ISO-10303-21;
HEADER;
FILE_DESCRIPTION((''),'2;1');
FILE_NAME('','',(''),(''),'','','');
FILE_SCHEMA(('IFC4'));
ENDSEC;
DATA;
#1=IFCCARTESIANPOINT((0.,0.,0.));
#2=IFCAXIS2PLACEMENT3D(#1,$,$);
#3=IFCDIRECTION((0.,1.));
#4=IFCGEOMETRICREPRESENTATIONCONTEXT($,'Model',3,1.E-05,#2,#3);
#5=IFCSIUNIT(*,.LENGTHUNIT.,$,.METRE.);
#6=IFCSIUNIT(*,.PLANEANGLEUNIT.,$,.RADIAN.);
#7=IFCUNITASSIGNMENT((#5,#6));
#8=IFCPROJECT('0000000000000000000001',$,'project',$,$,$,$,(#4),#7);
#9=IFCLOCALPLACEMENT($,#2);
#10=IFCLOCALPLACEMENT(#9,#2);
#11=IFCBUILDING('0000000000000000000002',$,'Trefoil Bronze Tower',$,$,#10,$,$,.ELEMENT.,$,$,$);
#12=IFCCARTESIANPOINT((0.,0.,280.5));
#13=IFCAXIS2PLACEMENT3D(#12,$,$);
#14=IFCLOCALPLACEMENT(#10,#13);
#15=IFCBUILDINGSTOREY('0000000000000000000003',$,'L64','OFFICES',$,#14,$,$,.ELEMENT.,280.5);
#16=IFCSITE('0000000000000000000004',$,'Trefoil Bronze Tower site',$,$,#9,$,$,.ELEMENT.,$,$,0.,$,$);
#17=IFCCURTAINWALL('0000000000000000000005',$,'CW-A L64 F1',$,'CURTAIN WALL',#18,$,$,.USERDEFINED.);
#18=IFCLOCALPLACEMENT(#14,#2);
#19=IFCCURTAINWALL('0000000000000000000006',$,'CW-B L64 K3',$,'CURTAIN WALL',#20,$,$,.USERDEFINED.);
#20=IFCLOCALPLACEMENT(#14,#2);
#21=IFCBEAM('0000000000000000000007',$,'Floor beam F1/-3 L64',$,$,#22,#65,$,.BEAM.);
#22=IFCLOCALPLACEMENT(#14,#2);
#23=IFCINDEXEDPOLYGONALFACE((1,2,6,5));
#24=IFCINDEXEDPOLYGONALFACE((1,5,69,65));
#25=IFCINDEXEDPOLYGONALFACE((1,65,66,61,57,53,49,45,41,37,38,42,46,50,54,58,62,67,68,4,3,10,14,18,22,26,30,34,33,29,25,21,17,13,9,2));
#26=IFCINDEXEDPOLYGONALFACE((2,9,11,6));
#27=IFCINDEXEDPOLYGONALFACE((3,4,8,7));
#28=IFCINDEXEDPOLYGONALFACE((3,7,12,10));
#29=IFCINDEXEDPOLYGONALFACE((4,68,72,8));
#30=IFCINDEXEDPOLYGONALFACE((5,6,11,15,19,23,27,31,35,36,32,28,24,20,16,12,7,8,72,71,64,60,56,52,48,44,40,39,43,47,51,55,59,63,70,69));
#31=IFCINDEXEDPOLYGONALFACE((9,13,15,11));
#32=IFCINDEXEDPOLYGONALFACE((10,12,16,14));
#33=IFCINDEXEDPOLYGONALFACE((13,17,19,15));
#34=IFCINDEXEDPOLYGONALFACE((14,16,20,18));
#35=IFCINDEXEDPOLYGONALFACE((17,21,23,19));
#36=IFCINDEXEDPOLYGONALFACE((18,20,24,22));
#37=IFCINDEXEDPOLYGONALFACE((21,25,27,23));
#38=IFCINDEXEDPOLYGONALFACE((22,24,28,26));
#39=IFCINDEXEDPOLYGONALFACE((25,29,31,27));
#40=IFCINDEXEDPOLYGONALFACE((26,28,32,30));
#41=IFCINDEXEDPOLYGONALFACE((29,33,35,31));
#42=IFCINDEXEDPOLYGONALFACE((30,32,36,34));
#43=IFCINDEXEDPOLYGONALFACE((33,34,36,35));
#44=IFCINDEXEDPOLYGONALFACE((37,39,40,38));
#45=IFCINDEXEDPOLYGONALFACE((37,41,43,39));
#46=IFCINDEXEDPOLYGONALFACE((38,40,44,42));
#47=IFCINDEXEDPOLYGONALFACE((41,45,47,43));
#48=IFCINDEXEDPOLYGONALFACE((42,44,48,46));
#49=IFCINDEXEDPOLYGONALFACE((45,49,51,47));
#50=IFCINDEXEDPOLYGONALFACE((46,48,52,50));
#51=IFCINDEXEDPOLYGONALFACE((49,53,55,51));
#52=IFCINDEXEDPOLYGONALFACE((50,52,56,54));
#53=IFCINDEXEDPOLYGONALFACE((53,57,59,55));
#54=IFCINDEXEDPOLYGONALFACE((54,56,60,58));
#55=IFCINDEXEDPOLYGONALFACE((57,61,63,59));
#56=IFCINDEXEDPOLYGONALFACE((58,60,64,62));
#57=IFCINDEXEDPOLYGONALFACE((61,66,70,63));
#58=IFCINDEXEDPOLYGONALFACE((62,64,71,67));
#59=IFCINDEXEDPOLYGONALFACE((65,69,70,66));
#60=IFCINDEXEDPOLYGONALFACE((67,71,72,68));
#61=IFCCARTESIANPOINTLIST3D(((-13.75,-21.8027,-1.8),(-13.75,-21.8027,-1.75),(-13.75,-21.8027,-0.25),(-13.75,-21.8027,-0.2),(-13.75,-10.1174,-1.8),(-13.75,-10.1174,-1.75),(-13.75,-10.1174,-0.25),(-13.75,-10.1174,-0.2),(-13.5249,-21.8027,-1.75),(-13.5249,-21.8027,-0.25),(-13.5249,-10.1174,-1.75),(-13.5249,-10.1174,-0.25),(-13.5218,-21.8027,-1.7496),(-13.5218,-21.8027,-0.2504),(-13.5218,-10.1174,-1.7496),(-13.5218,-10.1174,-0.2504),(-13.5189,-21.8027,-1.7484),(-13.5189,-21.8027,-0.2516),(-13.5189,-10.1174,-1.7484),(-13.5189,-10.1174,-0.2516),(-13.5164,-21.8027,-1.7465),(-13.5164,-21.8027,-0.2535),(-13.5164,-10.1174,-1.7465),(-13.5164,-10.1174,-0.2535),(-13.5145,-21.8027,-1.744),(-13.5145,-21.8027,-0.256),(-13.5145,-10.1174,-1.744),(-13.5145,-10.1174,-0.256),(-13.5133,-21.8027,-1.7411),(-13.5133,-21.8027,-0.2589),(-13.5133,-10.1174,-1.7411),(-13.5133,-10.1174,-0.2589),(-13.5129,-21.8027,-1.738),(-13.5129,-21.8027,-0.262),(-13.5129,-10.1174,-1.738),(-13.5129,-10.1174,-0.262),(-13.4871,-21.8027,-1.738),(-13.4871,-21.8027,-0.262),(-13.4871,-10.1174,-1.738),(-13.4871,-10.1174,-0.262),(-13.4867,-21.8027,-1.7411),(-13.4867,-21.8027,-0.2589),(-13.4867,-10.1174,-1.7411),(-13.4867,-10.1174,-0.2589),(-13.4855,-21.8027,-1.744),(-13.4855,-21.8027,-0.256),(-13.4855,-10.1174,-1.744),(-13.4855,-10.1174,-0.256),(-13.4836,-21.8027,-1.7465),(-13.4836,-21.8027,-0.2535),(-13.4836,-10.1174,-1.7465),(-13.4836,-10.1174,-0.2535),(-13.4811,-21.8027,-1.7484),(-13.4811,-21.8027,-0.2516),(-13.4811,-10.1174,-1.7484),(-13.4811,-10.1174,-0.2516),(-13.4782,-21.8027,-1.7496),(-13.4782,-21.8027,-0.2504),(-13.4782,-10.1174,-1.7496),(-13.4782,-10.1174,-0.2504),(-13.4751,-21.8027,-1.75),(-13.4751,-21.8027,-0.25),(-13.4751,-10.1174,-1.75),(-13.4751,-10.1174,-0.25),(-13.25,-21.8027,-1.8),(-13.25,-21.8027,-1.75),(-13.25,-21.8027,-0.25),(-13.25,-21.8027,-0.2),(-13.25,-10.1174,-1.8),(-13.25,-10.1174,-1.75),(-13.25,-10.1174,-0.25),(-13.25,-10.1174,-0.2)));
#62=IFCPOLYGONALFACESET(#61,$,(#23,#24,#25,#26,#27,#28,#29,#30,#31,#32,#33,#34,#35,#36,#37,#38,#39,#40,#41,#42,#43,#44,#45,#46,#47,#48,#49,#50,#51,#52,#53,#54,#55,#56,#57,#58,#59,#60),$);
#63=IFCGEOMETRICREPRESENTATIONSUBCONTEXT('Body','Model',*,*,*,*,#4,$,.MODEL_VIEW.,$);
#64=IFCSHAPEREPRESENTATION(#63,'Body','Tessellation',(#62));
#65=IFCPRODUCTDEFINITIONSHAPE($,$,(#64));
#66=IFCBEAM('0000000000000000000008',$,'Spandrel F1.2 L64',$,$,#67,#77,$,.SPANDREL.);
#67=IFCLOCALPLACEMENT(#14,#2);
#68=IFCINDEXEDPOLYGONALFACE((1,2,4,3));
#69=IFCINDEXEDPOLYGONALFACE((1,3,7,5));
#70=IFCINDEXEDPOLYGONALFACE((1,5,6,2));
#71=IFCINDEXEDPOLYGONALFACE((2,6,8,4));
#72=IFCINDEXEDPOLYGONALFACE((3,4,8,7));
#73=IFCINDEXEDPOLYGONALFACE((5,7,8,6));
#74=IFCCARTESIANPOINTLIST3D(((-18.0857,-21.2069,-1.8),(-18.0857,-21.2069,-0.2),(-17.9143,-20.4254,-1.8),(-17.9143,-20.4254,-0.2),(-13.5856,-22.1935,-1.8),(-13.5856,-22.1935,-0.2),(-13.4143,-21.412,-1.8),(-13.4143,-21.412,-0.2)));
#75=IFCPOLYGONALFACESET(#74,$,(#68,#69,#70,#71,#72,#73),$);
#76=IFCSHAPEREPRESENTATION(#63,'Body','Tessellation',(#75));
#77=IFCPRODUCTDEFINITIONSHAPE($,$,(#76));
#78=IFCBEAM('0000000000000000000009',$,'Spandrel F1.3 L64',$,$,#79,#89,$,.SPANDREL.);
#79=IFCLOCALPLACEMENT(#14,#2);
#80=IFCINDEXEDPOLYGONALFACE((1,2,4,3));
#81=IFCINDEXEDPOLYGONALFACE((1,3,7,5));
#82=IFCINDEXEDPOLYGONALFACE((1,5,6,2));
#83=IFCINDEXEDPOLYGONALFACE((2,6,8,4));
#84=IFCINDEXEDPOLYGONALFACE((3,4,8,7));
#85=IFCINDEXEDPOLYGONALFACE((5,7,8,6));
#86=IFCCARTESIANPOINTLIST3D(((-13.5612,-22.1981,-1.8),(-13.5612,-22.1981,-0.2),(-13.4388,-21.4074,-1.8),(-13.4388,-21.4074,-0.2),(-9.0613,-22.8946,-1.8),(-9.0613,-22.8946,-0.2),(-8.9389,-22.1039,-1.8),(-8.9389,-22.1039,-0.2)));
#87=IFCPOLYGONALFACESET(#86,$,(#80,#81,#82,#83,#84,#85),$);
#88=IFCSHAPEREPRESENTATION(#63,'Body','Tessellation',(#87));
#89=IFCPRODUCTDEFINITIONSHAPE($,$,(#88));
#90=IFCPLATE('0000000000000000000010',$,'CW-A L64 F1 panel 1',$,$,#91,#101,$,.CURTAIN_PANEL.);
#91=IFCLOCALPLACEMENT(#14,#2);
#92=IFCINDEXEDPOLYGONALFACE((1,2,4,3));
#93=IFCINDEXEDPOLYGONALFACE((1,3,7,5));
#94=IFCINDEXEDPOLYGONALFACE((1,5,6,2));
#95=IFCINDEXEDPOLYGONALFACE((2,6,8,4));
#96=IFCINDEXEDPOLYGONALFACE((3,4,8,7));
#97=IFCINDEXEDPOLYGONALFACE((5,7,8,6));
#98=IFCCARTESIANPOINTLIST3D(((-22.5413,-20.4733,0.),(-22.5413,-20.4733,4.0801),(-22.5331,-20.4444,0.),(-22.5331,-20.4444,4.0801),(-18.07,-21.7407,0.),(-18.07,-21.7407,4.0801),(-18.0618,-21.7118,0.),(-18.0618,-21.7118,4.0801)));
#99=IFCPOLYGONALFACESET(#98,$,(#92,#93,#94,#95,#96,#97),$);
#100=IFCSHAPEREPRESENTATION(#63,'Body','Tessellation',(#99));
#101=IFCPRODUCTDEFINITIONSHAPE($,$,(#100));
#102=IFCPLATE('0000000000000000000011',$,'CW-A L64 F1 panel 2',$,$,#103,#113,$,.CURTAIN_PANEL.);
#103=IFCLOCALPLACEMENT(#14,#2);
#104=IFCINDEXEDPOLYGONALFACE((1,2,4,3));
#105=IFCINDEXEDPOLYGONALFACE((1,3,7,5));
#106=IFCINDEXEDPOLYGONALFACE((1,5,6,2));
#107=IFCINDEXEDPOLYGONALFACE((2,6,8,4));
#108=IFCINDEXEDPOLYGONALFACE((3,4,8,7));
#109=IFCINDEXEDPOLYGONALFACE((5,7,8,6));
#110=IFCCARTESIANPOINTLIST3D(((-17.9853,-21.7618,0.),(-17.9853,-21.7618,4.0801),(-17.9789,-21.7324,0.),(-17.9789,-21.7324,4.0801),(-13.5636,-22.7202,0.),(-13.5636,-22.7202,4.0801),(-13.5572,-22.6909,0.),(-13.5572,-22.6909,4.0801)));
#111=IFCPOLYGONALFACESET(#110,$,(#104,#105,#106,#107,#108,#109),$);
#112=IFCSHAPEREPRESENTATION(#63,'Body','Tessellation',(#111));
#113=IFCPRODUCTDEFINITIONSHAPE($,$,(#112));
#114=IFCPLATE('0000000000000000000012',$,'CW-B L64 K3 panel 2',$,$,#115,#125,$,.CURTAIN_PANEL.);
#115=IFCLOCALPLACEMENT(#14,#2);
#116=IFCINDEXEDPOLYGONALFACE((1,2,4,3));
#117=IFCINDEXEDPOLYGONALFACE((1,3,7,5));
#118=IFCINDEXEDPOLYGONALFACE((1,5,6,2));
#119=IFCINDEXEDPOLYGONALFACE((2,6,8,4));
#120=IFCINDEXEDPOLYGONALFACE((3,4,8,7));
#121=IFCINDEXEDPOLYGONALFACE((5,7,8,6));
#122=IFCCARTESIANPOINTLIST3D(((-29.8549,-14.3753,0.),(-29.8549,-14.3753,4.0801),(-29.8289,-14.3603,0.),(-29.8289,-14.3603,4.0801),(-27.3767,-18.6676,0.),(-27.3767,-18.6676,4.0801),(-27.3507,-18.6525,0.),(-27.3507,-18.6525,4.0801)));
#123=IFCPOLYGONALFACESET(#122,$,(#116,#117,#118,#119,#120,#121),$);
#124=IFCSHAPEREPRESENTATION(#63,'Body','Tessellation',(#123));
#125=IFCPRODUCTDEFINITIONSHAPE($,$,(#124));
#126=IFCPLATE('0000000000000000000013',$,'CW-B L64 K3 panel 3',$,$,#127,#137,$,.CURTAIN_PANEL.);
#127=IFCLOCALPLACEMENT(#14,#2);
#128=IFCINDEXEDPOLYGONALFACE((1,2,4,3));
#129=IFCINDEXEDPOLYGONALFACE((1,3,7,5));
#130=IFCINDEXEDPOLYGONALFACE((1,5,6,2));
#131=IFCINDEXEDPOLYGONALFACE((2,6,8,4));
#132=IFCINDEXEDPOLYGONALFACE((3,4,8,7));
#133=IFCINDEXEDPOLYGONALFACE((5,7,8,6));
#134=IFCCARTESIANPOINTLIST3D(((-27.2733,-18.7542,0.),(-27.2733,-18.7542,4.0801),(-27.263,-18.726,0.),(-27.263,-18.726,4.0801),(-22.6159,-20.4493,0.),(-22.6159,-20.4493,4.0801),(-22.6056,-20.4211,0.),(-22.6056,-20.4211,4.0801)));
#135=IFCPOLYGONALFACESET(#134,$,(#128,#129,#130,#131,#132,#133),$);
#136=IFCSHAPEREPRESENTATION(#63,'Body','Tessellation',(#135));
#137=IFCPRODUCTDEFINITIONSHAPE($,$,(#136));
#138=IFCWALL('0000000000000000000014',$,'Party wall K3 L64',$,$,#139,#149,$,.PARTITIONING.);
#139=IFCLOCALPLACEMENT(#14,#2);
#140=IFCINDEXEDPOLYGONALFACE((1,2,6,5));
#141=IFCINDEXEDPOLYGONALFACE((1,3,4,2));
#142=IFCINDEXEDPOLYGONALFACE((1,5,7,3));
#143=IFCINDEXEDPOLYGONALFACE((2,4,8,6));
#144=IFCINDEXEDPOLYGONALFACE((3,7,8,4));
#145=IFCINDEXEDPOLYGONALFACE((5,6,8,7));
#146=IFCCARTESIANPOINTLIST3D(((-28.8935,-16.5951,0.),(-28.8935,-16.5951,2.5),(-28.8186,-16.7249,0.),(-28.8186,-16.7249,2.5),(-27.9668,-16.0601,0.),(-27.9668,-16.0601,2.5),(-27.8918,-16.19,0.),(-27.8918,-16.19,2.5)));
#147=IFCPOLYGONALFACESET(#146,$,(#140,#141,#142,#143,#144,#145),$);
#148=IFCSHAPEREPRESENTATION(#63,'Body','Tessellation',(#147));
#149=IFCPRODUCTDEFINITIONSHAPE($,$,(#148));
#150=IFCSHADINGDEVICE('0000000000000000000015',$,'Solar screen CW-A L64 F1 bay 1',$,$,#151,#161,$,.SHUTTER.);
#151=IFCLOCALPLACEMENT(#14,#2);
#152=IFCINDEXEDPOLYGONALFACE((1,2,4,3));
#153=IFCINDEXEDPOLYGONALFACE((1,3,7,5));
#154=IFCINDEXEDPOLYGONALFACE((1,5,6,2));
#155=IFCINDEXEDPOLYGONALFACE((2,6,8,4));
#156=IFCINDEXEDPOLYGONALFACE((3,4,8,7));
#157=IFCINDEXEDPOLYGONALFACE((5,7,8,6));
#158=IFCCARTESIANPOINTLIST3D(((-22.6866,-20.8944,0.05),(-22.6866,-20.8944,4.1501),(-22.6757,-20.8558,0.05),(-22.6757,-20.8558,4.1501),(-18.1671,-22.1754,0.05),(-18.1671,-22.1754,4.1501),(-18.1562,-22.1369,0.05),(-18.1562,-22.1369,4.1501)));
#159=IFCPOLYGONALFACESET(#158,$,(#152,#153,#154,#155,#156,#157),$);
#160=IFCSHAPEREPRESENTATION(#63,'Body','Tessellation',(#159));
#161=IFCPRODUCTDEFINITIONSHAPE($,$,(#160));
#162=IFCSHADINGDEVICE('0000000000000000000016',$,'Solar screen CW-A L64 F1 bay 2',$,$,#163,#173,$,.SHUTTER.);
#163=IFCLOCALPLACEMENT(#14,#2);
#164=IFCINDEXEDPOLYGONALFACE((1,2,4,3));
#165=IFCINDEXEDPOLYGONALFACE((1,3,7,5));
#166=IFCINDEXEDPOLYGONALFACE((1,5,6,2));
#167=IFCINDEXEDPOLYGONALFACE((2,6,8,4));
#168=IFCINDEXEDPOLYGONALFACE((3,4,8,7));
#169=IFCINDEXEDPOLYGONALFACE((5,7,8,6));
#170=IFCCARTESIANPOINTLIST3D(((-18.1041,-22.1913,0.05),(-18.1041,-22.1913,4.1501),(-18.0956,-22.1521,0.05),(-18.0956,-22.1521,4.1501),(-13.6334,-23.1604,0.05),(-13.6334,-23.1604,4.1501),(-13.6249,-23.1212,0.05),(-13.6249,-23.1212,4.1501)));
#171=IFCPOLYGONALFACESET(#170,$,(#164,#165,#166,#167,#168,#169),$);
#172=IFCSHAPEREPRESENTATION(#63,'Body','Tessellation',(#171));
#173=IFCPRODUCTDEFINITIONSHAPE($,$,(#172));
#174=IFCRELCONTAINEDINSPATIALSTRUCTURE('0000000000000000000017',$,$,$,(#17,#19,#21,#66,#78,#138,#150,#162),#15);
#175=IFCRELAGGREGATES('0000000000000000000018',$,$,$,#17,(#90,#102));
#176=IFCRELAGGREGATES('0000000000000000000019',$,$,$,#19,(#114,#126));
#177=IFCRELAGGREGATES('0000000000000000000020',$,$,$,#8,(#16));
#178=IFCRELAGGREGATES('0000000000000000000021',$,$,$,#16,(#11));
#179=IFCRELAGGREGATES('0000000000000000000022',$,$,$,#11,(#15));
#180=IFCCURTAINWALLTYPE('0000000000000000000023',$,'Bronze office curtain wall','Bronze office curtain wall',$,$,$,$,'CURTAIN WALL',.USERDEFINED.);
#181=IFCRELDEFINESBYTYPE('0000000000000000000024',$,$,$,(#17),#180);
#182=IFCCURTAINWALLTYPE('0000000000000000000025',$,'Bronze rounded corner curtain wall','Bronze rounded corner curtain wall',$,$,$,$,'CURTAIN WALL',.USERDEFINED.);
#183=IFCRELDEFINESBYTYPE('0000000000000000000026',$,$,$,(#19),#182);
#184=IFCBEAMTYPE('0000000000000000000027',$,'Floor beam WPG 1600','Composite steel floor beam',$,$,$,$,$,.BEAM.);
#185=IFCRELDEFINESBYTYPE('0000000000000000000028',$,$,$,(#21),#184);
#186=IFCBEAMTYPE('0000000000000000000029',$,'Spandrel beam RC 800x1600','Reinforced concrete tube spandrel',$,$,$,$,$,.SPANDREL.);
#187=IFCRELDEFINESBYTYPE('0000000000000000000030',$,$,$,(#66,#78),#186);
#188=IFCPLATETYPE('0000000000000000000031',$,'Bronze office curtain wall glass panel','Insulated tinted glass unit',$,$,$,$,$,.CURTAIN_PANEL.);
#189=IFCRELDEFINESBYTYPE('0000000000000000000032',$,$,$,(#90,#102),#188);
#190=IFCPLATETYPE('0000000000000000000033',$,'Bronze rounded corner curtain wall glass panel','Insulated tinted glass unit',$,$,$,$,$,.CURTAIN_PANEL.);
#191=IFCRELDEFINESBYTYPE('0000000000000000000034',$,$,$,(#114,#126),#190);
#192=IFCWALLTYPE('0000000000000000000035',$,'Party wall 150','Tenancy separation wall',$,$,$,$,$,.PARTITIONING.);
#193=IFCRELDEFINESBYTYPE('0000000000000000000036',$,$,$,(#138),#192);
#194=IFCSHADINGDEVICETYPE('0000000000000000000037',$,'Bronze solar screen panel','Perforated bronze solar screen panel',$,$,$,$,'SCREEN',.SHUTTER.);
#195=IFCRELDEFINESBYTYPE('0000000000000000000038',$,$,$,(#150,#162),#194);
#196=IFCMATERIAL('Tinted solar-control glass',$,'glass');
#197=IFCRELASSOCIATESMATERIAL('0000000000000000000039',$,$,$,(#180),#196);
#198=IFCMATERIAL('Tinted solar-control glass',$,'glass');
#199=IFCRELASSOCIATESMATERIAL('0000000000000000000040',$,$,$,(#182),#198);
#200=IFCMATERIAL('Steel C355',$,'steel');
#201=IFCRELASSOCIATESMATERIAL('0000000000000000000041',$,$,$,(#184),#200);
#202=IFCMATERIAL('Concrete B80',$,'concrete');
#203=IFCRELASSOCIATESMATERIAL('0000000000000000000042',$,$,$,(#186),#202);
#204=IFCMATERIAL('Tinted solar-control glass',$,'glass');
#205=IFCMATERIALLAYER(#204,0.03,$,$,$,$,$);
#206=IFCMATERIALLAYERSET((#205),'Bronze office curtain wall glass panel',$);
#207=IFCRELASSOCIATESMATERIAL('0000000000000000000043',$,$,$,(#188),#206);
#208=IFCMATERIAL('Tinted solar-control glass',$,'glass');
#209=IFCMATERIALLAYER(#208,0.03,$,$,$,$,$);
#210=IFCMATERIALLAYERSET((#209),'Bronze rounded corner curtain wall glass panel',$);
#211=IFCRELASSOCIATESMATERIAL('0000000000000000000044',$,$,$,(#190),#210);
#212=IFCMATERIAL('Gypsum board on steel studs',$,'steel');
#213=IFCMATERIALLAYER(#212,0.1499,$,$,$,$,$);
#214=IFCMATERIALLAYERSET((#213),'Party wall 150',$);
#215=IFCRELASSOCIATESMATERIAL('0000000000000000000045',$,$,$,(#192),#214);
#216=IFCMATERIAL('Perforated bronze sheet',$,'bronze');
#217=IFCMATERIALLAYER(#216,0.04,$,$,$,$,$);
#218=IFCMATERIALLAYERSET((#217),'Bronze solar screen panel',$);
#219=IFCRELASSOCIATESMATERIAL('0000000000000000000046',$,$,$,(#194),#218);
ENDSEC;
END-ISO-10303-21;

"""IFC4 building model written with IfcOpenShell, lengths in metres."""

from ifc_helpers import new_model, si_unit, direction, frame, frame_2d, origin, origin_2d, place, context, subcontext, project, spatial, rectangle, i_section, extrude, material, layer, layer_set, material_profile, profile_set, type_object, element, aggregate, save


model = new_model("IFC4")

# Units and contexts
model_context = context("Model", 3, precision=1e-05, world=origin(), true_north=direction((0.0, 1.0)))
body_context = subcontext(model_context, "Body", "Model", "MODEL_VIEW")
ifc_project = project(units=[si_unit("LENGTHUNIT", "METRE"), si_unit("PLANEANGLEUNIT", "RADIAN")], contexts=[model_context])

# Site, building, storey
site_placement = place(None, origin())
site = spatial("IfcSite", under=ifc_project, at=site_placement, Name="Trefoil Bronze Tower site", CompositionType="ELEMENT", RefElevation=0.0)
building_placement = place(site_placement, origin())
building = spatial("IfcBuilding", under=site, at=building_placement, Name="Trefoil Bronze Tower", CompositionType="ELEMENT")
storey_placement = place(building_placement, frame((0.0, 0.0, 280.5)))
storey = spatial("IfcBuildingStorey", under=building, at=storey_placement, Name="L64", Description="OFFICES", CompositionType="ELEMENT", Elevation=280.5)

# Curtain walls
ifc_material_1 = material(Name="Tinted solar-control glass", Category="glass")
curtain_wall_type_1 = type_object("IfcCurtainWallType", Name="Bronze office curtain wall", Description="Bronze office curtain wall", ElementType="CURTAIN WALL", PredefinedType="USERDEFINED", material=ifc_material_1)
curtain_wall_1_placement = place(storey_placement, origin())
curtain_wall_1 = element("IfcCurtainWall", 1, at=curtain_wall_1_placement, inside=storey, type_object=curtain_wall_type_1, Name="CW-A L64 F1", ObjectType="CURTAIN WALL", PredefinedType="USERDEFINED")
ifc_material_2 = material(Name="Tinted solar-control glass", Category="glass")
curtain_wall_type_2 = type_object("IfcCurtainWallType", Name="Bronze rounded corner curtain wall", Description="Bronze rounded corner curtain wall", ElementType="CURTAIN WALL", PredefinedType="USERDEFINED", material=ifc_material_2)
curtain_wall_2_placement = place(storey_placement, origin())
curtain_wall_2 = element("IfcCurtainWall", 2, at=curtain_wall_2_placement, inside=storey, type_object=curtain_wall_type_2, Name="CW-B L64 K3", ObjectType="CURTAIN WALL", PredefinedType="USERDEFINED")

# Beams
ifc_material_3 = material(Name="Steel C355", Category="steel")
ifc_material_profile_1 = material_profile(ifc_material_3, i_section(OverallWidth=0.5, OverallDepth=1.6001, WebThickness=0.0259, FlangeThickness=0.05, FilletRadius=0.012, at=origin_2d()), Name="WPG 1600")
ifc_profile_set_1 = profile_set([ifc_material_profile_1], Name="Steel C355")
beam_type_1 = type_object("IfcBeamType", Name="Floor beam WPG 1600", Description="Composite steel floor beam", PredefinedType="BEAM", material=ifc_profile_set_1)
beam_1_placement = place(storey_placement, frame((-13.5, -21.8027, -1.0), z_axis=(0.0, 1.0, 0.0), x_axis=(-1.0, 0.0, 0.0)))
element("IfcBeam", 3, at=beam_1_placement, inside=storey, type_object=beam_type_1, Name="Floor beam F1/-3 L64", PredefinedType="BEAM", context=body_context, shape_type="SweptSolid", body=[
    extrude(i_section(OverallWidth=0.5, OverallDepth=1.6001, WebThickness=0.0259, FlangeThickness=0.05, FilletRadius=0.012, at=origin_2d()), origin(), (0.0, 0.0, 1.0), 11.6853),
])
ifc_material_4 = material(Name="Concrete B80", Category="concrete")
ifc_material_profile_2 = material_profile(ifc_material_4, rectangle(XDim=0.8, YDim=1.6001, at=origin_2d()), Name="RC 800x1600")
ifc_profile_set_2 = profile_set([ifc_material_profile_2], Name="Concrete B80")
beam_type_2 = type_object("IfcBeamType", Name="Spandrel beam RC 800x1600", Description="Reinforced concrete tube spandrel", PredefinedType="SPANDREL", material=ifc_profile_set_2)
beam_2_placement = place(storey_placement, frame((-18.0, -20.8162, -1.0), z_axis=(0.9768, -0.214152, 0.0), x_axis=(0.214152, 0.9768, 0.0)))
element("IfcBeam", 4, at=beam_2_placement, inside=storey, type_object=beam_type_2, Name="Spandrel F1.2 L64", PredefinedType="SPANDREL", context=body_context, shape_type="SweptSolid", body=[
    extrude(rectangle(XDim=0.8, YDim=1.6001, at=origin_2d()), origin(), (0.0, 0.0, 1.0), 4.6069),
])
beam_3_placement = place(storey_placement, frame((-13.5, -21.8027, -1.0), z_axis=(0.988232, -0.152964, 0.0), x_axis=(0.152964, 0.988232, 0.0)))
element("IfcBeam", 5, at=beam_3_placement, inside=storey, type_object=beam_type_2, Name="Spandrel F1.3 L64", PredefinedType="SPANDREL", context=body_context, shape_type="SweptSolid", body=[
    extrude(rectangle(XDim=0.8, YDim=1.6001, at=origin_2d()), origin(), (0.0, 0.0, 1.0), 4.5535),
])

# Plates
ifc_material_5 = material(Name="Tinted solar-control glass", Category="glass")
ifc_layer_1 = layer(ifc_material_5, 0.03)
ifc_layer_set_1 = layer_set([ifc_layer_1], Name="Bronze office curtain wall glass panel")
plate_type_1 = type_object("IfcPlateType", Name="Bronze office curtain wall glass panel", Description="Insulated tinted glass unit", PredefinedType="CURTAIN_PANEL", material=ifc_layer_set_1)
plate_1_placement = place(storey_placement, frame((-20.3015, -21.0925, 0.0), z_axis=(0.0, 0.0, 1.0), x_axis=(0.962098, -0.272705, 0.0)))
plate_1 = element("IfcPlate", 6, at=plate_1_placement, type_object=plate_type_1, Name="CW-A L64 F1 panel 1", PredefinedType="CURTAIN_PANEL", context=body_context, shape_type="SweptSolid", body=[
    extrude(rectangle(XDim=4.6475, YDim=0.03, at=origin_2d()), origin(), (0.0, 0.0, 1.0), 4.0801),
])
plate_2_placement = place(storey_placement, frame((-15.7712, -22.2263, 0.0), z_axis=(0.0, 0.0, 1.0), x_axis=(0.977303, -0.211846, 0.0)))
plate_2 = element("IfcPlate", 7, at=plate_2_placement, type_object=plate_type_1, Name="CW-A L64 F1 panel 2", PredefinedType="CURTAIN_PANEL", context=body_context, shape_type="SweptSolid", body=[
    extrude(rectangle(XDim=4.5244, YDim=0.03, at=origin_2d()), origin(), (0.0, 0.0, 1.0), 4.0801),
])
aggregate(curtain_wall_1, [plate_1, plate_2])
ifc_material_6 = material(Name="Tinted solar-control glass", Category="glass")
ifc_layer_2 = layer(ifc_material_6, 0.03)
ifc_layer_set_2 = layer_set([ifc_layer_2], Name="Bronze rounded corner curtain wall glass panel")
plate_type_2 = type_object("IfcPlateType", Name="Bronze rounded corner curtain wall glass panel", Description="Insulated tinted glass unit", PredefinedType="CURTAIN_PANEL", material=ifc_layer_set_2)
plate_3_placement = place(storey_placement, frame((-28.6028, -16.5139, 0.0), z_axis=(0.0, 0.0, 1.0), x_axis=(0.5, -0.866025, 0.0)))
plate_3 = element("IfcPlate", 8, at=plate_3_placement, type_object=plate_type_2, Name="CW-B L64 K3 panel 2", PredefinedType="CURTAIN_PANEL", context=body_context, shape_type="SweptSolid", body=[
    extrude(rectangle(XDim=4.9563, YDim=0.03, at=origin_2d()), origin(), (0.0, 0.0, 1.0), 4.0801),
])
plate_4_placement = place(storey_placement, frame((-24.9395, -19.5876, 0.0), z_axis=(0.0, 0.0, 1.0), x_axis=(0.939693, -0.34202, 0.0)))
plate_4 = element("IfcPlate", 9, at=plate_4_placement, type_object=plate_type_2, Name="CW-B L64 K3 panel 3", PredefinedType="CURTAIN_PANEL", context=body_context, shape_type="SweptSolid", body=[
    extrude(rectangle(XDim=4.9563, YDim=0.03, at=origin_2d()), origin(), (0.0, 0.0, 1.0), 4.0801),
])
aggregate(curtain_wall_2, [plate_3, plate_4])

# Wall
ifc_material_7 = material(Name="Gypsum board on steel studs", Category="steel")
ifc_layer_3 = layer(ifc_material_7, 0.1499)
ifc_layer_set_3 = layer_set([ifc_layer_3], Name="Party wall 150")
wall_type = type_object("IfcWallType", Name="Party wall 150", Description="Tenancy separation wall", PredefinedType="PARTITIONING", material=ifc_layer_set_3)
wall_placement = place(storey_placement, frame((-27.9292, -16.125, 0.0), z_axis=(0.0, 0.0, 1.0), x_axis=(-0.866087, -0.499894, 0.0)))
element("IfcWall", 10, at=wall_placement, inside=storey, type_object=wall_type, Name="Party wall K3 L64", PredefinedType="PARTITIONING", context=body_context, shape_type="SweptSolid", body=[
    extrude(rectangle(XDim=1.0701, YDim=0.1499, at=frame_2d((0.5352, 0.0))), origin(), (0.0, 0.0, 1.0), 2.5),
])

# Shading devices
ifc_material_8 = material(Name="Perforated bronze sheet", Category="bronze")
ifc_layer_4 = layer(ifc_material_8, 0.04)
ifc_layer_set_4 = layer_set([ifc_layer_4], Name="Bronze solar screen panel")
shading_device_type = type_object("IfcShadingDeviceType", Name="Bronze solar screen panel", Description="Perforated bronze solar screen panel", ElementType="SCREEN", PredefinedType="SHUTTER", material=ifc_layer_set_4)
shading_device_1_placement = place(storey_placement, frame((-20.4214, -21.5156, 0.05), z_axis=(0.0, 0.0, 1.0), x_axis=(0.962098, -0.272705, 0.0)))
element("IfcShadingDevice", 11, at=shading_device_1_placement, inside=storey, type_object=shading_device_type, Name="Solar screen CW-A L64 F1 bay 1", PredefinedType="SHUTTER", context=body_context, shape_type="SweptSolid", body=[
    extrude(rectangle(XDim=4.6975, YDim=0.04, at=origin_2d()), origin(), (0.0, 0.0, 1.0), 4.1001),
])
shading_device_2_placement = place(storey_placement, frame((-15.8645, -22.6562, 0.05), z_axis=(0.0, 0.0, 1.0), x_axis=(0.977303, -0.211846, 0.0)))
element("IfcShadingDevice", 12, at=shading_device_2_placement, inside=storey, type_object=shading_device_type, Name="Solar screen CW-A L64 F1 bay 2", PredefinedType="SHUTTER", context=body_context, shape_type="SweptSolid", body=[
    extrude(rectangle(XDim=4.5745, YDim=0.04, at=origin_2d()), origin(), (0.0, 0.0, 1.0), 4.1001),
])

save(model, "model.ifc")
